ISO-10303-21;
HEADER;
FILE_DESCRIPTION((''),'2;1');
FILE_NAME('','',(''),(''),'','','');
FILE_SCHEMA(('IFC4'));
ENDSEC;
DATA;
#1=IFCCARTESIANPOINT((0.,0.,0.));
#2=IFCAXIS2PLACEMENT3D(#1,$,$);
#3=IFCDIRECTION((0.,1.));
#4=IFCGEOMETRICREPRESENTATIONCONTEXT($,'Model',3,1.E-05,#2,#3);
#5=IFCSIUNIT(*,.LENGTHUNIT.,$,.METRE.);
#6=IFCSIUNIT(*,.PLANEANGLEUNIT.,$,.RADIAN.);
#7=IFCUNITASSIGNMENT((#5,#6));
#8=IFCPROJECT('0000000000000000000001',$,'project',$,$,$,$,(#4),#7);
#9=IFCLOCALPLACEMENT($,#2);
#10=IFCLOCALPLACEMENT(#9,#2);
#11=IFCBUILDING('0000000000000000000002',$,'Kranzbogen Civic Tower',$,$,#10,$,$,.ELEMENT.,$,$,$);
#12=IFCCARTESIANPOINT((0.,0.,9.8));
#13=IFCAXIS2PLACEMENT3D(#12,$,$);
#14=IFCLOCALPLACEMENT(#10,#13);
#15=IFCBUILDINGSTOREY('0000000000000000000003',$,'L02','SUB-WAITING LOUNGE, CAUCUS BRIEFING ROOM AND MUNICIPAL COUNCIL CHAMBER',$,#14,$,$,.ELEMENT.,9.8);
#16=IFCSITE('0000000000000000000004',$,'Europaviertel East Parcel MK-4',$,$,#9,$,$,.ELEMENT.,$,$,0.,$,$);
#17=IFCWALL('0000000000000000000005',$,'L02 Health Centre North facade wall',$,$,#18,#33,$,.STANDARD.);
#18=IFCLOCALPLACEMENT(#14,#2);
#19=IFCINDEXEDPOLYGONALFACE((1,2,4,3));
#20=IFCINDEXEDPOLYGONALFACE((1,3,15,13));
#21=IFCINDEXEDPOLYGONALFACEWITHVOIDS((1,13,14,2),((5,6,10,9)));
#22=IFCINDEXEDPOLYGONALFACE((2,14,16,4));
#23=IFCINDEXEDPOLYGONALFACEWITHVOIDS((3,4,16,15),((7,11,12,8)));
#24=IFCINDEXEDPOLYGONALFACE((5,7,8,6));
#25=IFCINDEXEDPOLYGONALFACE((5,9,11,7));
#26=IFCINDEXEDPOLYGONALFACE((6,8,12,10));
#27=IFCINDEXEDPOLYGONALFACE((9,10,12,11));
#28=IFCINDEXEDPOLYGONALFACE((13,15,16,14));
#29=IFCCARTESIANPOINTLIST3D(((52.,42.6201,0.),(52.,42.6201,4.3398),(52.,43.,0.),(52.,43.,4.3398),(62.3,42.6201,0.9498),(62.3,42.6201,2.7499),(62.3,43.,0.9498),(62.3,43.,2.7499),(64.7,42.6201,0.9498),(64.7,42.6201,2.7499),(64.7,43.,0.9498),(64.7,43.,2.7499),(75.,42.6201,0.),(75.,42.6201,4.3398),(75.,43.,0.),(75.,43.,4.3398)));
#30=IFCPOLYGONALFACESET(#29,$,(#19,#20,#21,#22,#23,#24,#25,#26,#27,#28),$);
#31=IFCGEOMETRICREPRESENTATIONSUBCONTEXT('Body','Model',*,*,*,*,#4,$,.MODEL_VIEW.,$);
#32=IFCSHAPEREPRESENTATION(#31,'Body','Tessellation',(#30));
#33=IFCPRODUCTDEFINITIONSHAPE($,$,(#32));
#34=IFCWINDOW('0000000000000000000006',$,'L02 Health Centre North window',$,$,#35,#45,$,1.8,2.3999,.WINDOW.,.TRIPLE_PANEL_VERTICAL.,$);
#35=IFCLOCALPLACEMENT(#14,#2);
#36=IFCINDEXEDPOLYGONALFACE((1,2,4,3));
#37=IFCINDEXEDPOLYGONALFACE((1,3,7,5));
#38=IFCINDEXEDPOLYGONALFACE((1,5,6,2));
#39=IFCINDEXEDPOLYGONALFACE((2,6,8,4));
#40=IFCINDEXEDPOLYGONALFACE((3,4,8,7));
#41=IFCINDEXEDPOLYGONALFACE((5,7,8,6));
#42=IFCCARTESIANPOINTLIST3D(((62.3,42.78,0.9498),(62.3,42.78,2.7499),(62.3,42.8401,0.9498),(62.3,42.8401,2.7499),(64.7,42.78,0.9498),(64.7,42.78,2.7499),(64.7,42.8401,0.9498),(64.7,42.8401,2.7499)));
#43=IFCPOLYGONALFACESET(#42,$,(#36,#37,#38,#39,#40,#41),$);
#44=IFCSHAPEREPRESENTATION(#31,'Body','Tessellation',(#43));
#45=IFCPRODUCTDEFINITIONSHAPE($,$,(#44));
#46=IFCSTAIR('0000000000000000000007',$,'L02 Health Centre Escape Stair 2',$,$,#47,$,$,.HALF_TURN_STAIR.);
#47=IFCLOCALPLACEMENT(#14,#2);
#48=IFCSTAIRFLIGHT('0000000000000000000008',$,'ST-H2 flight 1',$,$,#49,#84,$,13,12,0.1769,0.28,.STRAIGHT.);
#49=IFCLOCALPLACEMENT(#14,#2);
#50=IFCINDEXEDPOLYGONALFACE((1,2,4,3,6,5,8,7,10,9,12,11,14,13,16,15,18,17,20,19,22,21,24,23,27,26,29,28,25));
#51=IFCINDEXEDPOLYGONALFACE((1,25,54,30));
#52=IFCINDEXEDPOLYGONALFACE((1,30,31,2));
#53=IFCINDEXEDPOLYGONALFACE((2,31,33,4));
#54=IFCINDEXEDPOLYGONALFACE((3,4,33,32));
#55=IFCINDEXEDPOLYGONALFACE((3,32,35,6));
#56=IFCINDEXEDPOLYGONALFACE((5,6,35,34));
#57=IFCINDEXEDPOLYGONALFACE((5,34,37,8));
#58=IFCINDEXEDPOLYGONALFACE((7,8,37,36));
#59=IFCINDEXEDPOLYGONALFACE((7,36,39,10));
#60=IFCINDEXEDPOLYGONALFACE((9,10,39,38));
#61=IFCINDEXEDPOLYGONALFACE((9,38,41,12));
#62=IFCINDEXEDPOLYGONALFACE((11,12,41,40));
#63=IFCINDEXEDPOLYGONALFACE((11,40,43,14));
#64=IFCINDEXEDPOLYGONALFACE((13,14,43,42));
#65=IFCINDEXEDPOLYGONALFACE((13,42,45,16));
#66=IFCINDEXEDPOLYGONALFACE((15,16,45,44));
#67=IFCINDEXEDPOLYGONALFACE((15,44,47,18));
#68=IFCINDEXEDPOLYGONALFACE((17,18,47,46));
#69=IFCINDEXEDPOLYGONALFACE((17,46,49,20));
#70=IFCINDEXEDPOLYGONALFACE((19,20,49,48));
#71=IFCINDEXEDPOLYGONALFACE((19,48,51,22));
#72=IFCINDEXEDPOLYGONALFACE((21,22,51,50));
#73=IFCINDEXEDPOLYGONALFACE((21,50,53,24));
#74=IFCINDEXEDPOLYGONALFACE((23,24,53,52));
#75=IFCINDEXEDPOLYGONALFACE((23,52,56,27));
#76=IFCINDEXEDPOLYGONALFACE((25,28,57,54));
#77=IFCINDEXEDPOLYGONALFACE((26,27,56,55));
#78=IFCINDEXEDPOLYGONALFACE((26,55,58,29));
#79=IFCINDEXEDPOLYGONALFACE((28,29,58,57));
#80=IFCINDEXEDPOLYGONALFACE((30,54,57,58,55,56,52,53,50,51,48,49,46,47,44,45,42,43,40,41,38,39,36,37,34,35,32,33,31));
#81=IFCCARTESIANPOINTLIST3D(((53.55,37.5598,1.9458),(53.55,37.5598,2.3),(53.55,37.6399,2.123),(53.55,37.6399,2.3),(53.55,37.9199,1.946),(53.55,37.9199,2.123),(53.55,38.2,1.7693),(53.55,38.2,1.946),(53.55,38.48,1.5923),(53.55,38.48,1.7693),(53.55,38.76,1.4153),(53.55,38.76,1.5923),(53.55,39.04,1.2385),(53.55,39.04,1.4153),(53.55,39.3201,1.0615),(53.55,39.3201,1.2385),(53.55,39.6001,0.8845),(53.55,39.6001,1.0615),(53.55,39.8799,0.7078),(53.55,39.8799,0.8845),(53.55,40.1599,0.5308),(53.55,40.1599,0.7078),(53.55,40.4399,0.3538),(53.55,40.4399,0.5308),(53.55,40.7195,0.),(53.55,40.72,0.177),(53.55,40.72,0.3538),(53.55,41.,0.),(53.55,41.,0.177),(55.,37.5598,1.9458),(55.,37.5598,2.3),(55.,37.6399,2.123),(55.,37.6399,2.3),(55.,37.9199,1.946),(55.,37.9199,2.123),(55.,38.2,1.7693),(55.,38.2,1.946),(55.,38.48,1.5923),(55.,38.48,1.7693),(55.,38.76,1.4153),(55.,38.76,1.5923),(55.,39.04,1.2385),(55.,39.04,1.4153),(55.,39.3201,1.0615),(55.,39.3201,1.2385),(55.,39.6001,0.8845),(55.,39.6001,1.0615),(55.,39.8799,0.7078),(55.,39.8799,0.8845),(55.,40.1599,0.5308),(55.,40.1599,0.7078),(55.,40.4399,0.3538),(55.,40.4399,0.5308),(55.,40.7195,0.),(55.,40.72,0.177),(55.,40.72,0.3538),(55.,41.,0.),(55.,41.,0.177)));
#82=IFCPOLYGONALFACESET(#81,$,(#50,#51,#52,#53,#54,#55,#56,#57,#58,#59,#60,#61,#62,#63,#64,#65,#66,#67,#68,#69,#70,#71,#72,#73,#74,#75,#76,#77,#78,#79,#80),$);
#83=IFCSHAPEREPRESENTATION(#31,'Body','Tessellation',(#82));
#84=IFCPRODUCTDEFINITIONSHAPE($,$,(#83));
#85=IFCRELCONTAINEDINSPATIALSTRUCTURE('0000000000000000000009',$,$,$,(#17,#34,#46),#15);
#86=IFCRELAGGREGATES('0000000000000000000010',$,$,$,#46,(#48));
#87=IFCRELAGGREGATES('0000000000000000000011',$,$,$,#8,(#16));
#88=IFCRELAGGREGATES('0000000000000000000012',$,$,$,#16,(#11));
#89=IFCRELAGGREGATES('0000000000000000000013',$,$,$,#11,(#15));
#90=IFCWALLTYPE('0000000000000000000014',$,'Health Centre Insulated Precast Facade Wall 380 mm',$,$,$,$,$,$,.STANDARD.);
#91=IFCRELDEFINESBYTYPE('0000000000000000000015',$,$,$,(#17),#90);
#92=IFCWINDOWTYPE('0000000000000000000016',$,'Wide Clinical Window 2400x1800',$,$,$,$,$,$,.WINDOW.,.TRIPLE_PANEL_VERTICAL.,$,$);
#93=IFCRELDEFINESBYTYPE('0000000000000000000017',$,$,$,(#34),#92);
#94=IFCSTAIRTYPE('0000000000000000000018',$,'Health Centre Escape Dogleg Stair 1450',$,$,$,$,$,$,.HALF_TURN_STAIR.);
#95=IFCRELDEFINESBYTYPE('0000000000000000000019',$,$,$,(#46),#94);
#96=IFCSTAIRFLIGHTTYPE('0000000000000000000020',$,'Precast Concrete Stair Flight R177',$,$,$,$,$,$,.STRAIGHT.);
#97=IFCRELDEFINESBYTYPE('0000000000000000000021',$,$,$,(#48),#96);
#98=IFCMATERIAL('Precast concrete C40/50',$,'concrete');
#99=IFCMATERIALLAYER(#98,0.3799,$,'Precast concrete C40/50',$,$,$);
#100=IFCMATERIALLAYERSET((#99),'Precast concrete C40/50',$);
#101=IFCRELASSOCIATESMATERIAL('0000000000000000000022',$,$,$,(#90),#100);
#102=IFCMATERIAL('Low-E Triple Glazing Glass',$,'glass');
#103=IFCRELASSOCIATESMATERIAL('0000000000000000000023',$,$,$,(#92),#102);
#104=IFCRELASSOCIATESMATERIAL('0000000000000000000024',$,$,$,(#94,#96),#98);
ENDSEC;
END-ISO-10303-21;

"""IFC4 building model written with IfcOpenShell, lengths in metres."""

from ifc_helpers import new_model, si_unit, direction, frame, frame_2d, origin, place, context, subcontext, project, spatial, polyline, rectangle, outline, extrude, material, layer, layer_set, type_object, element, fill, aggregate, save


model = new_model("IFC4")

# Units and contexts
model_context = context("Model", 3, precision=1e-05, world=origin(), true_north=direction((0.0, 1.0)))
body_context = subcontext(model_context, "Body", "Model", "MODEL_VIEW")
ifc_project = project(units=[si_unit("LENGTHUNIT", "METRE"), si_unit("PLANEANGLEUNIT", "RADIAN")], contexts=[model_context])

# Site, building, storey
site_placement = place(None, origin())
site = spatial("IfcSite", under=ifc_project, at=site_placement, Name="Europaviertel East Parcel MK-4", CompositionType="ELEMENT", RefElevation=0.0)
building_placement = place(site_placement, origin())
building = spatial("IfcBuilding", under=site, at=building_placement, Name="Kranzbogen Civic Tower", CompositionType="ELEMENT")
storey_placement = place(building_placement, frame((0.0, 0.0, 9.8)))
storey = spatial("IfcBuildingStorey", under=building, at=storey_placement, Name="L02", Description="SUB-WAITING LOUNGE, CAUCUS BRIEFING ROOM AND MUNICIPAL COUNCIL CHAMBER", CompositionType="ELEMENT", Elevation=9.8)

# Shared definitions
ifc_material_1 = material(Name="Low-E Triple Glazing Glass", Category="glass")

# Wall, opening, window
ifc_material_2 = material(Name="Precast concrete C40/50", Category="concrete")
ifc_layer_1 = layer(ifc_material_2, 0.3799, Name="Precast concrete C40/50")
ifc_layer_set_1 = layer_set([ifc_layer_1], Name="Precast concrete C40/50")
wall_type_1 = type_object("IfcWallType", Name="Health Centre Insulated Precast Facade Wall 380 mm", PredefinedType="STANDARD", material=ifc_layer_set_1)
wall_1_placement = place(storey_placement, frame((52.0, 42.8101, 0.0), z_axis=(0.0, 0.0, 1.0), x_axis=(1.0, 0.0, 0.0)))
wall_1 = element("IfcWall", 1, at=wall_1_placement, inside=storey, type_object=wall_type_1, Name="L02 Health Centre North facade wall", PredefinedType="STANDARD", context=body_context, shape_type="SweptSolid", body=[
    extrude(rectangle(XDim=23.0, YDim=0.3799, at=frame_2d((11.5, 0.0))), origin(), (0.0, 0.0, 1.0), 4.3398),
])
opening_placement = place(wall_1_placement, frame((10.3, 0.0, 0.95)))
opening = element("IfcOpeningElement", 2, at=opening_placement, cuts=wall_1, PredefinedType="OPENING", context=body_context, shape_type="SweptSolid", body=[
    extrude(rectangle(XDim=2.3999, YDim=1.8, at=frame_2d((1.2, 0.8999))), frame((0.0, 0.2, 0.0), z_axis=(0.0, -1.0, 0.0), x_axis=(1.0, 0.0, 0.0)), (0.0, 0.0, 1.0), 0.3999),
])
window_type = type_object("IfcWindowType", Name="Wide Clinical Window 2400x1800", PartitioningType="TRIPLE_PANEL_VERTICAL", PredefinedType="WINDOW", material=ifc_material_1)
window_placement = place(opening_placement, origin())
window = element("IfcWindow", 3, at=window_placement, inside=storey, type_object=window_type, Name="L02 Health Centre North window", OverallHeight=1.8, OverallWidth=2.3999, PartitioningType="TRIPLE_PANEL_VERTICAL", PredefinedType="WINDOW", context=body_context, shape_type="SweptSolid", body=[
    extrude(rectangle(XDim=2.3999, YDim=1.8, at=frame_2d((1.2, 0.8999))), frame((0.0, 0.03, 0.0), z_axis=(0.0, -1.0, 0.0), x_axis=(1.0, 0.0, 0.0)), (0.0, 0.0, 1.0), 0.0601),
])
fill(opening, window)

# Stair, stair flight
stair_type = type_object("IfcStairType", Name="Health Centre Escape Dogleg Stair 1450", PredefinedType="HALF_TURN_STAIR", material=ifc_material_2)
stair_placement = place(storey_placement, origin())
stair = element("IfcStair", 4, at=stair_placement, inside=storey, type_object=stair_type, Name="L02 Health Centre Escape Stair 2", PredefinedType="HALF_TURN_STAIR")
stair_flight_type = type_object("IfcStairFlightType", Name="Precast Concrete Stair Flight R177", PredefinedType="STRAIGHT", material=ifc_material_2)
stair_flight_placement = place(storey_placement, frame((54.2749, 41.0, 0.0), z_axis=(0.0, 0.0, 1.0), x_axis=(0.0, -1.0, 0.0)))
stair_flight = element("IfcStairFlight", 5, at=stair_flight_placement, type_object=stair_flight_type, Name="ST-H2 flight 1", NumberOfRisers=13, NumberOfTreads=12, PredefinedType="STRAIGHT", RiserHeight=0.1769, TreadLength=0.28, context=body_context, shape_type="SweptSolid", body=[
    extrude(outline(polyline([(0.0, 0.0), (0.0, 0.177), (0.28, 0.177), (0.28, 0.3538), (0.5601, 0.3538), (0.5601, 0.5308), (0.8401, 0.5308), (0.8401, 0.7078), (1.1201, 0.7078), (1.1201, 0.8845), (1.3999, 0.8845), (1.3999, 1.0615), (1.6799, 1.0615), (1.6799, 1.2385), (1.96, 1.2385), (1.96, 1.4153), (2.24, 1.4153), (2.24, 1.5923), (2.52, 1.5923), (2.52, 1.7693), (2.8, 1.7693), (2.8, 1.946), (3.0801, 1.946), (3.0801, 2.123), (3.3601, 2.123), (3.3601, 2.3), (3.4402, 2.3), (3.4402, 1.9458), (0.2805, 0.0), (0.0, 0.0)])), frame((0.0, 0.7251, 0.0), z_axis=(0.0, -1.0, 0.0), x_axis=(1.0, 0.0, 0.0)), (0.0, 0.0, 1.0), 1.45),
])
aggregate(stair, [stair_flight])

save(model, "model.ifc")
